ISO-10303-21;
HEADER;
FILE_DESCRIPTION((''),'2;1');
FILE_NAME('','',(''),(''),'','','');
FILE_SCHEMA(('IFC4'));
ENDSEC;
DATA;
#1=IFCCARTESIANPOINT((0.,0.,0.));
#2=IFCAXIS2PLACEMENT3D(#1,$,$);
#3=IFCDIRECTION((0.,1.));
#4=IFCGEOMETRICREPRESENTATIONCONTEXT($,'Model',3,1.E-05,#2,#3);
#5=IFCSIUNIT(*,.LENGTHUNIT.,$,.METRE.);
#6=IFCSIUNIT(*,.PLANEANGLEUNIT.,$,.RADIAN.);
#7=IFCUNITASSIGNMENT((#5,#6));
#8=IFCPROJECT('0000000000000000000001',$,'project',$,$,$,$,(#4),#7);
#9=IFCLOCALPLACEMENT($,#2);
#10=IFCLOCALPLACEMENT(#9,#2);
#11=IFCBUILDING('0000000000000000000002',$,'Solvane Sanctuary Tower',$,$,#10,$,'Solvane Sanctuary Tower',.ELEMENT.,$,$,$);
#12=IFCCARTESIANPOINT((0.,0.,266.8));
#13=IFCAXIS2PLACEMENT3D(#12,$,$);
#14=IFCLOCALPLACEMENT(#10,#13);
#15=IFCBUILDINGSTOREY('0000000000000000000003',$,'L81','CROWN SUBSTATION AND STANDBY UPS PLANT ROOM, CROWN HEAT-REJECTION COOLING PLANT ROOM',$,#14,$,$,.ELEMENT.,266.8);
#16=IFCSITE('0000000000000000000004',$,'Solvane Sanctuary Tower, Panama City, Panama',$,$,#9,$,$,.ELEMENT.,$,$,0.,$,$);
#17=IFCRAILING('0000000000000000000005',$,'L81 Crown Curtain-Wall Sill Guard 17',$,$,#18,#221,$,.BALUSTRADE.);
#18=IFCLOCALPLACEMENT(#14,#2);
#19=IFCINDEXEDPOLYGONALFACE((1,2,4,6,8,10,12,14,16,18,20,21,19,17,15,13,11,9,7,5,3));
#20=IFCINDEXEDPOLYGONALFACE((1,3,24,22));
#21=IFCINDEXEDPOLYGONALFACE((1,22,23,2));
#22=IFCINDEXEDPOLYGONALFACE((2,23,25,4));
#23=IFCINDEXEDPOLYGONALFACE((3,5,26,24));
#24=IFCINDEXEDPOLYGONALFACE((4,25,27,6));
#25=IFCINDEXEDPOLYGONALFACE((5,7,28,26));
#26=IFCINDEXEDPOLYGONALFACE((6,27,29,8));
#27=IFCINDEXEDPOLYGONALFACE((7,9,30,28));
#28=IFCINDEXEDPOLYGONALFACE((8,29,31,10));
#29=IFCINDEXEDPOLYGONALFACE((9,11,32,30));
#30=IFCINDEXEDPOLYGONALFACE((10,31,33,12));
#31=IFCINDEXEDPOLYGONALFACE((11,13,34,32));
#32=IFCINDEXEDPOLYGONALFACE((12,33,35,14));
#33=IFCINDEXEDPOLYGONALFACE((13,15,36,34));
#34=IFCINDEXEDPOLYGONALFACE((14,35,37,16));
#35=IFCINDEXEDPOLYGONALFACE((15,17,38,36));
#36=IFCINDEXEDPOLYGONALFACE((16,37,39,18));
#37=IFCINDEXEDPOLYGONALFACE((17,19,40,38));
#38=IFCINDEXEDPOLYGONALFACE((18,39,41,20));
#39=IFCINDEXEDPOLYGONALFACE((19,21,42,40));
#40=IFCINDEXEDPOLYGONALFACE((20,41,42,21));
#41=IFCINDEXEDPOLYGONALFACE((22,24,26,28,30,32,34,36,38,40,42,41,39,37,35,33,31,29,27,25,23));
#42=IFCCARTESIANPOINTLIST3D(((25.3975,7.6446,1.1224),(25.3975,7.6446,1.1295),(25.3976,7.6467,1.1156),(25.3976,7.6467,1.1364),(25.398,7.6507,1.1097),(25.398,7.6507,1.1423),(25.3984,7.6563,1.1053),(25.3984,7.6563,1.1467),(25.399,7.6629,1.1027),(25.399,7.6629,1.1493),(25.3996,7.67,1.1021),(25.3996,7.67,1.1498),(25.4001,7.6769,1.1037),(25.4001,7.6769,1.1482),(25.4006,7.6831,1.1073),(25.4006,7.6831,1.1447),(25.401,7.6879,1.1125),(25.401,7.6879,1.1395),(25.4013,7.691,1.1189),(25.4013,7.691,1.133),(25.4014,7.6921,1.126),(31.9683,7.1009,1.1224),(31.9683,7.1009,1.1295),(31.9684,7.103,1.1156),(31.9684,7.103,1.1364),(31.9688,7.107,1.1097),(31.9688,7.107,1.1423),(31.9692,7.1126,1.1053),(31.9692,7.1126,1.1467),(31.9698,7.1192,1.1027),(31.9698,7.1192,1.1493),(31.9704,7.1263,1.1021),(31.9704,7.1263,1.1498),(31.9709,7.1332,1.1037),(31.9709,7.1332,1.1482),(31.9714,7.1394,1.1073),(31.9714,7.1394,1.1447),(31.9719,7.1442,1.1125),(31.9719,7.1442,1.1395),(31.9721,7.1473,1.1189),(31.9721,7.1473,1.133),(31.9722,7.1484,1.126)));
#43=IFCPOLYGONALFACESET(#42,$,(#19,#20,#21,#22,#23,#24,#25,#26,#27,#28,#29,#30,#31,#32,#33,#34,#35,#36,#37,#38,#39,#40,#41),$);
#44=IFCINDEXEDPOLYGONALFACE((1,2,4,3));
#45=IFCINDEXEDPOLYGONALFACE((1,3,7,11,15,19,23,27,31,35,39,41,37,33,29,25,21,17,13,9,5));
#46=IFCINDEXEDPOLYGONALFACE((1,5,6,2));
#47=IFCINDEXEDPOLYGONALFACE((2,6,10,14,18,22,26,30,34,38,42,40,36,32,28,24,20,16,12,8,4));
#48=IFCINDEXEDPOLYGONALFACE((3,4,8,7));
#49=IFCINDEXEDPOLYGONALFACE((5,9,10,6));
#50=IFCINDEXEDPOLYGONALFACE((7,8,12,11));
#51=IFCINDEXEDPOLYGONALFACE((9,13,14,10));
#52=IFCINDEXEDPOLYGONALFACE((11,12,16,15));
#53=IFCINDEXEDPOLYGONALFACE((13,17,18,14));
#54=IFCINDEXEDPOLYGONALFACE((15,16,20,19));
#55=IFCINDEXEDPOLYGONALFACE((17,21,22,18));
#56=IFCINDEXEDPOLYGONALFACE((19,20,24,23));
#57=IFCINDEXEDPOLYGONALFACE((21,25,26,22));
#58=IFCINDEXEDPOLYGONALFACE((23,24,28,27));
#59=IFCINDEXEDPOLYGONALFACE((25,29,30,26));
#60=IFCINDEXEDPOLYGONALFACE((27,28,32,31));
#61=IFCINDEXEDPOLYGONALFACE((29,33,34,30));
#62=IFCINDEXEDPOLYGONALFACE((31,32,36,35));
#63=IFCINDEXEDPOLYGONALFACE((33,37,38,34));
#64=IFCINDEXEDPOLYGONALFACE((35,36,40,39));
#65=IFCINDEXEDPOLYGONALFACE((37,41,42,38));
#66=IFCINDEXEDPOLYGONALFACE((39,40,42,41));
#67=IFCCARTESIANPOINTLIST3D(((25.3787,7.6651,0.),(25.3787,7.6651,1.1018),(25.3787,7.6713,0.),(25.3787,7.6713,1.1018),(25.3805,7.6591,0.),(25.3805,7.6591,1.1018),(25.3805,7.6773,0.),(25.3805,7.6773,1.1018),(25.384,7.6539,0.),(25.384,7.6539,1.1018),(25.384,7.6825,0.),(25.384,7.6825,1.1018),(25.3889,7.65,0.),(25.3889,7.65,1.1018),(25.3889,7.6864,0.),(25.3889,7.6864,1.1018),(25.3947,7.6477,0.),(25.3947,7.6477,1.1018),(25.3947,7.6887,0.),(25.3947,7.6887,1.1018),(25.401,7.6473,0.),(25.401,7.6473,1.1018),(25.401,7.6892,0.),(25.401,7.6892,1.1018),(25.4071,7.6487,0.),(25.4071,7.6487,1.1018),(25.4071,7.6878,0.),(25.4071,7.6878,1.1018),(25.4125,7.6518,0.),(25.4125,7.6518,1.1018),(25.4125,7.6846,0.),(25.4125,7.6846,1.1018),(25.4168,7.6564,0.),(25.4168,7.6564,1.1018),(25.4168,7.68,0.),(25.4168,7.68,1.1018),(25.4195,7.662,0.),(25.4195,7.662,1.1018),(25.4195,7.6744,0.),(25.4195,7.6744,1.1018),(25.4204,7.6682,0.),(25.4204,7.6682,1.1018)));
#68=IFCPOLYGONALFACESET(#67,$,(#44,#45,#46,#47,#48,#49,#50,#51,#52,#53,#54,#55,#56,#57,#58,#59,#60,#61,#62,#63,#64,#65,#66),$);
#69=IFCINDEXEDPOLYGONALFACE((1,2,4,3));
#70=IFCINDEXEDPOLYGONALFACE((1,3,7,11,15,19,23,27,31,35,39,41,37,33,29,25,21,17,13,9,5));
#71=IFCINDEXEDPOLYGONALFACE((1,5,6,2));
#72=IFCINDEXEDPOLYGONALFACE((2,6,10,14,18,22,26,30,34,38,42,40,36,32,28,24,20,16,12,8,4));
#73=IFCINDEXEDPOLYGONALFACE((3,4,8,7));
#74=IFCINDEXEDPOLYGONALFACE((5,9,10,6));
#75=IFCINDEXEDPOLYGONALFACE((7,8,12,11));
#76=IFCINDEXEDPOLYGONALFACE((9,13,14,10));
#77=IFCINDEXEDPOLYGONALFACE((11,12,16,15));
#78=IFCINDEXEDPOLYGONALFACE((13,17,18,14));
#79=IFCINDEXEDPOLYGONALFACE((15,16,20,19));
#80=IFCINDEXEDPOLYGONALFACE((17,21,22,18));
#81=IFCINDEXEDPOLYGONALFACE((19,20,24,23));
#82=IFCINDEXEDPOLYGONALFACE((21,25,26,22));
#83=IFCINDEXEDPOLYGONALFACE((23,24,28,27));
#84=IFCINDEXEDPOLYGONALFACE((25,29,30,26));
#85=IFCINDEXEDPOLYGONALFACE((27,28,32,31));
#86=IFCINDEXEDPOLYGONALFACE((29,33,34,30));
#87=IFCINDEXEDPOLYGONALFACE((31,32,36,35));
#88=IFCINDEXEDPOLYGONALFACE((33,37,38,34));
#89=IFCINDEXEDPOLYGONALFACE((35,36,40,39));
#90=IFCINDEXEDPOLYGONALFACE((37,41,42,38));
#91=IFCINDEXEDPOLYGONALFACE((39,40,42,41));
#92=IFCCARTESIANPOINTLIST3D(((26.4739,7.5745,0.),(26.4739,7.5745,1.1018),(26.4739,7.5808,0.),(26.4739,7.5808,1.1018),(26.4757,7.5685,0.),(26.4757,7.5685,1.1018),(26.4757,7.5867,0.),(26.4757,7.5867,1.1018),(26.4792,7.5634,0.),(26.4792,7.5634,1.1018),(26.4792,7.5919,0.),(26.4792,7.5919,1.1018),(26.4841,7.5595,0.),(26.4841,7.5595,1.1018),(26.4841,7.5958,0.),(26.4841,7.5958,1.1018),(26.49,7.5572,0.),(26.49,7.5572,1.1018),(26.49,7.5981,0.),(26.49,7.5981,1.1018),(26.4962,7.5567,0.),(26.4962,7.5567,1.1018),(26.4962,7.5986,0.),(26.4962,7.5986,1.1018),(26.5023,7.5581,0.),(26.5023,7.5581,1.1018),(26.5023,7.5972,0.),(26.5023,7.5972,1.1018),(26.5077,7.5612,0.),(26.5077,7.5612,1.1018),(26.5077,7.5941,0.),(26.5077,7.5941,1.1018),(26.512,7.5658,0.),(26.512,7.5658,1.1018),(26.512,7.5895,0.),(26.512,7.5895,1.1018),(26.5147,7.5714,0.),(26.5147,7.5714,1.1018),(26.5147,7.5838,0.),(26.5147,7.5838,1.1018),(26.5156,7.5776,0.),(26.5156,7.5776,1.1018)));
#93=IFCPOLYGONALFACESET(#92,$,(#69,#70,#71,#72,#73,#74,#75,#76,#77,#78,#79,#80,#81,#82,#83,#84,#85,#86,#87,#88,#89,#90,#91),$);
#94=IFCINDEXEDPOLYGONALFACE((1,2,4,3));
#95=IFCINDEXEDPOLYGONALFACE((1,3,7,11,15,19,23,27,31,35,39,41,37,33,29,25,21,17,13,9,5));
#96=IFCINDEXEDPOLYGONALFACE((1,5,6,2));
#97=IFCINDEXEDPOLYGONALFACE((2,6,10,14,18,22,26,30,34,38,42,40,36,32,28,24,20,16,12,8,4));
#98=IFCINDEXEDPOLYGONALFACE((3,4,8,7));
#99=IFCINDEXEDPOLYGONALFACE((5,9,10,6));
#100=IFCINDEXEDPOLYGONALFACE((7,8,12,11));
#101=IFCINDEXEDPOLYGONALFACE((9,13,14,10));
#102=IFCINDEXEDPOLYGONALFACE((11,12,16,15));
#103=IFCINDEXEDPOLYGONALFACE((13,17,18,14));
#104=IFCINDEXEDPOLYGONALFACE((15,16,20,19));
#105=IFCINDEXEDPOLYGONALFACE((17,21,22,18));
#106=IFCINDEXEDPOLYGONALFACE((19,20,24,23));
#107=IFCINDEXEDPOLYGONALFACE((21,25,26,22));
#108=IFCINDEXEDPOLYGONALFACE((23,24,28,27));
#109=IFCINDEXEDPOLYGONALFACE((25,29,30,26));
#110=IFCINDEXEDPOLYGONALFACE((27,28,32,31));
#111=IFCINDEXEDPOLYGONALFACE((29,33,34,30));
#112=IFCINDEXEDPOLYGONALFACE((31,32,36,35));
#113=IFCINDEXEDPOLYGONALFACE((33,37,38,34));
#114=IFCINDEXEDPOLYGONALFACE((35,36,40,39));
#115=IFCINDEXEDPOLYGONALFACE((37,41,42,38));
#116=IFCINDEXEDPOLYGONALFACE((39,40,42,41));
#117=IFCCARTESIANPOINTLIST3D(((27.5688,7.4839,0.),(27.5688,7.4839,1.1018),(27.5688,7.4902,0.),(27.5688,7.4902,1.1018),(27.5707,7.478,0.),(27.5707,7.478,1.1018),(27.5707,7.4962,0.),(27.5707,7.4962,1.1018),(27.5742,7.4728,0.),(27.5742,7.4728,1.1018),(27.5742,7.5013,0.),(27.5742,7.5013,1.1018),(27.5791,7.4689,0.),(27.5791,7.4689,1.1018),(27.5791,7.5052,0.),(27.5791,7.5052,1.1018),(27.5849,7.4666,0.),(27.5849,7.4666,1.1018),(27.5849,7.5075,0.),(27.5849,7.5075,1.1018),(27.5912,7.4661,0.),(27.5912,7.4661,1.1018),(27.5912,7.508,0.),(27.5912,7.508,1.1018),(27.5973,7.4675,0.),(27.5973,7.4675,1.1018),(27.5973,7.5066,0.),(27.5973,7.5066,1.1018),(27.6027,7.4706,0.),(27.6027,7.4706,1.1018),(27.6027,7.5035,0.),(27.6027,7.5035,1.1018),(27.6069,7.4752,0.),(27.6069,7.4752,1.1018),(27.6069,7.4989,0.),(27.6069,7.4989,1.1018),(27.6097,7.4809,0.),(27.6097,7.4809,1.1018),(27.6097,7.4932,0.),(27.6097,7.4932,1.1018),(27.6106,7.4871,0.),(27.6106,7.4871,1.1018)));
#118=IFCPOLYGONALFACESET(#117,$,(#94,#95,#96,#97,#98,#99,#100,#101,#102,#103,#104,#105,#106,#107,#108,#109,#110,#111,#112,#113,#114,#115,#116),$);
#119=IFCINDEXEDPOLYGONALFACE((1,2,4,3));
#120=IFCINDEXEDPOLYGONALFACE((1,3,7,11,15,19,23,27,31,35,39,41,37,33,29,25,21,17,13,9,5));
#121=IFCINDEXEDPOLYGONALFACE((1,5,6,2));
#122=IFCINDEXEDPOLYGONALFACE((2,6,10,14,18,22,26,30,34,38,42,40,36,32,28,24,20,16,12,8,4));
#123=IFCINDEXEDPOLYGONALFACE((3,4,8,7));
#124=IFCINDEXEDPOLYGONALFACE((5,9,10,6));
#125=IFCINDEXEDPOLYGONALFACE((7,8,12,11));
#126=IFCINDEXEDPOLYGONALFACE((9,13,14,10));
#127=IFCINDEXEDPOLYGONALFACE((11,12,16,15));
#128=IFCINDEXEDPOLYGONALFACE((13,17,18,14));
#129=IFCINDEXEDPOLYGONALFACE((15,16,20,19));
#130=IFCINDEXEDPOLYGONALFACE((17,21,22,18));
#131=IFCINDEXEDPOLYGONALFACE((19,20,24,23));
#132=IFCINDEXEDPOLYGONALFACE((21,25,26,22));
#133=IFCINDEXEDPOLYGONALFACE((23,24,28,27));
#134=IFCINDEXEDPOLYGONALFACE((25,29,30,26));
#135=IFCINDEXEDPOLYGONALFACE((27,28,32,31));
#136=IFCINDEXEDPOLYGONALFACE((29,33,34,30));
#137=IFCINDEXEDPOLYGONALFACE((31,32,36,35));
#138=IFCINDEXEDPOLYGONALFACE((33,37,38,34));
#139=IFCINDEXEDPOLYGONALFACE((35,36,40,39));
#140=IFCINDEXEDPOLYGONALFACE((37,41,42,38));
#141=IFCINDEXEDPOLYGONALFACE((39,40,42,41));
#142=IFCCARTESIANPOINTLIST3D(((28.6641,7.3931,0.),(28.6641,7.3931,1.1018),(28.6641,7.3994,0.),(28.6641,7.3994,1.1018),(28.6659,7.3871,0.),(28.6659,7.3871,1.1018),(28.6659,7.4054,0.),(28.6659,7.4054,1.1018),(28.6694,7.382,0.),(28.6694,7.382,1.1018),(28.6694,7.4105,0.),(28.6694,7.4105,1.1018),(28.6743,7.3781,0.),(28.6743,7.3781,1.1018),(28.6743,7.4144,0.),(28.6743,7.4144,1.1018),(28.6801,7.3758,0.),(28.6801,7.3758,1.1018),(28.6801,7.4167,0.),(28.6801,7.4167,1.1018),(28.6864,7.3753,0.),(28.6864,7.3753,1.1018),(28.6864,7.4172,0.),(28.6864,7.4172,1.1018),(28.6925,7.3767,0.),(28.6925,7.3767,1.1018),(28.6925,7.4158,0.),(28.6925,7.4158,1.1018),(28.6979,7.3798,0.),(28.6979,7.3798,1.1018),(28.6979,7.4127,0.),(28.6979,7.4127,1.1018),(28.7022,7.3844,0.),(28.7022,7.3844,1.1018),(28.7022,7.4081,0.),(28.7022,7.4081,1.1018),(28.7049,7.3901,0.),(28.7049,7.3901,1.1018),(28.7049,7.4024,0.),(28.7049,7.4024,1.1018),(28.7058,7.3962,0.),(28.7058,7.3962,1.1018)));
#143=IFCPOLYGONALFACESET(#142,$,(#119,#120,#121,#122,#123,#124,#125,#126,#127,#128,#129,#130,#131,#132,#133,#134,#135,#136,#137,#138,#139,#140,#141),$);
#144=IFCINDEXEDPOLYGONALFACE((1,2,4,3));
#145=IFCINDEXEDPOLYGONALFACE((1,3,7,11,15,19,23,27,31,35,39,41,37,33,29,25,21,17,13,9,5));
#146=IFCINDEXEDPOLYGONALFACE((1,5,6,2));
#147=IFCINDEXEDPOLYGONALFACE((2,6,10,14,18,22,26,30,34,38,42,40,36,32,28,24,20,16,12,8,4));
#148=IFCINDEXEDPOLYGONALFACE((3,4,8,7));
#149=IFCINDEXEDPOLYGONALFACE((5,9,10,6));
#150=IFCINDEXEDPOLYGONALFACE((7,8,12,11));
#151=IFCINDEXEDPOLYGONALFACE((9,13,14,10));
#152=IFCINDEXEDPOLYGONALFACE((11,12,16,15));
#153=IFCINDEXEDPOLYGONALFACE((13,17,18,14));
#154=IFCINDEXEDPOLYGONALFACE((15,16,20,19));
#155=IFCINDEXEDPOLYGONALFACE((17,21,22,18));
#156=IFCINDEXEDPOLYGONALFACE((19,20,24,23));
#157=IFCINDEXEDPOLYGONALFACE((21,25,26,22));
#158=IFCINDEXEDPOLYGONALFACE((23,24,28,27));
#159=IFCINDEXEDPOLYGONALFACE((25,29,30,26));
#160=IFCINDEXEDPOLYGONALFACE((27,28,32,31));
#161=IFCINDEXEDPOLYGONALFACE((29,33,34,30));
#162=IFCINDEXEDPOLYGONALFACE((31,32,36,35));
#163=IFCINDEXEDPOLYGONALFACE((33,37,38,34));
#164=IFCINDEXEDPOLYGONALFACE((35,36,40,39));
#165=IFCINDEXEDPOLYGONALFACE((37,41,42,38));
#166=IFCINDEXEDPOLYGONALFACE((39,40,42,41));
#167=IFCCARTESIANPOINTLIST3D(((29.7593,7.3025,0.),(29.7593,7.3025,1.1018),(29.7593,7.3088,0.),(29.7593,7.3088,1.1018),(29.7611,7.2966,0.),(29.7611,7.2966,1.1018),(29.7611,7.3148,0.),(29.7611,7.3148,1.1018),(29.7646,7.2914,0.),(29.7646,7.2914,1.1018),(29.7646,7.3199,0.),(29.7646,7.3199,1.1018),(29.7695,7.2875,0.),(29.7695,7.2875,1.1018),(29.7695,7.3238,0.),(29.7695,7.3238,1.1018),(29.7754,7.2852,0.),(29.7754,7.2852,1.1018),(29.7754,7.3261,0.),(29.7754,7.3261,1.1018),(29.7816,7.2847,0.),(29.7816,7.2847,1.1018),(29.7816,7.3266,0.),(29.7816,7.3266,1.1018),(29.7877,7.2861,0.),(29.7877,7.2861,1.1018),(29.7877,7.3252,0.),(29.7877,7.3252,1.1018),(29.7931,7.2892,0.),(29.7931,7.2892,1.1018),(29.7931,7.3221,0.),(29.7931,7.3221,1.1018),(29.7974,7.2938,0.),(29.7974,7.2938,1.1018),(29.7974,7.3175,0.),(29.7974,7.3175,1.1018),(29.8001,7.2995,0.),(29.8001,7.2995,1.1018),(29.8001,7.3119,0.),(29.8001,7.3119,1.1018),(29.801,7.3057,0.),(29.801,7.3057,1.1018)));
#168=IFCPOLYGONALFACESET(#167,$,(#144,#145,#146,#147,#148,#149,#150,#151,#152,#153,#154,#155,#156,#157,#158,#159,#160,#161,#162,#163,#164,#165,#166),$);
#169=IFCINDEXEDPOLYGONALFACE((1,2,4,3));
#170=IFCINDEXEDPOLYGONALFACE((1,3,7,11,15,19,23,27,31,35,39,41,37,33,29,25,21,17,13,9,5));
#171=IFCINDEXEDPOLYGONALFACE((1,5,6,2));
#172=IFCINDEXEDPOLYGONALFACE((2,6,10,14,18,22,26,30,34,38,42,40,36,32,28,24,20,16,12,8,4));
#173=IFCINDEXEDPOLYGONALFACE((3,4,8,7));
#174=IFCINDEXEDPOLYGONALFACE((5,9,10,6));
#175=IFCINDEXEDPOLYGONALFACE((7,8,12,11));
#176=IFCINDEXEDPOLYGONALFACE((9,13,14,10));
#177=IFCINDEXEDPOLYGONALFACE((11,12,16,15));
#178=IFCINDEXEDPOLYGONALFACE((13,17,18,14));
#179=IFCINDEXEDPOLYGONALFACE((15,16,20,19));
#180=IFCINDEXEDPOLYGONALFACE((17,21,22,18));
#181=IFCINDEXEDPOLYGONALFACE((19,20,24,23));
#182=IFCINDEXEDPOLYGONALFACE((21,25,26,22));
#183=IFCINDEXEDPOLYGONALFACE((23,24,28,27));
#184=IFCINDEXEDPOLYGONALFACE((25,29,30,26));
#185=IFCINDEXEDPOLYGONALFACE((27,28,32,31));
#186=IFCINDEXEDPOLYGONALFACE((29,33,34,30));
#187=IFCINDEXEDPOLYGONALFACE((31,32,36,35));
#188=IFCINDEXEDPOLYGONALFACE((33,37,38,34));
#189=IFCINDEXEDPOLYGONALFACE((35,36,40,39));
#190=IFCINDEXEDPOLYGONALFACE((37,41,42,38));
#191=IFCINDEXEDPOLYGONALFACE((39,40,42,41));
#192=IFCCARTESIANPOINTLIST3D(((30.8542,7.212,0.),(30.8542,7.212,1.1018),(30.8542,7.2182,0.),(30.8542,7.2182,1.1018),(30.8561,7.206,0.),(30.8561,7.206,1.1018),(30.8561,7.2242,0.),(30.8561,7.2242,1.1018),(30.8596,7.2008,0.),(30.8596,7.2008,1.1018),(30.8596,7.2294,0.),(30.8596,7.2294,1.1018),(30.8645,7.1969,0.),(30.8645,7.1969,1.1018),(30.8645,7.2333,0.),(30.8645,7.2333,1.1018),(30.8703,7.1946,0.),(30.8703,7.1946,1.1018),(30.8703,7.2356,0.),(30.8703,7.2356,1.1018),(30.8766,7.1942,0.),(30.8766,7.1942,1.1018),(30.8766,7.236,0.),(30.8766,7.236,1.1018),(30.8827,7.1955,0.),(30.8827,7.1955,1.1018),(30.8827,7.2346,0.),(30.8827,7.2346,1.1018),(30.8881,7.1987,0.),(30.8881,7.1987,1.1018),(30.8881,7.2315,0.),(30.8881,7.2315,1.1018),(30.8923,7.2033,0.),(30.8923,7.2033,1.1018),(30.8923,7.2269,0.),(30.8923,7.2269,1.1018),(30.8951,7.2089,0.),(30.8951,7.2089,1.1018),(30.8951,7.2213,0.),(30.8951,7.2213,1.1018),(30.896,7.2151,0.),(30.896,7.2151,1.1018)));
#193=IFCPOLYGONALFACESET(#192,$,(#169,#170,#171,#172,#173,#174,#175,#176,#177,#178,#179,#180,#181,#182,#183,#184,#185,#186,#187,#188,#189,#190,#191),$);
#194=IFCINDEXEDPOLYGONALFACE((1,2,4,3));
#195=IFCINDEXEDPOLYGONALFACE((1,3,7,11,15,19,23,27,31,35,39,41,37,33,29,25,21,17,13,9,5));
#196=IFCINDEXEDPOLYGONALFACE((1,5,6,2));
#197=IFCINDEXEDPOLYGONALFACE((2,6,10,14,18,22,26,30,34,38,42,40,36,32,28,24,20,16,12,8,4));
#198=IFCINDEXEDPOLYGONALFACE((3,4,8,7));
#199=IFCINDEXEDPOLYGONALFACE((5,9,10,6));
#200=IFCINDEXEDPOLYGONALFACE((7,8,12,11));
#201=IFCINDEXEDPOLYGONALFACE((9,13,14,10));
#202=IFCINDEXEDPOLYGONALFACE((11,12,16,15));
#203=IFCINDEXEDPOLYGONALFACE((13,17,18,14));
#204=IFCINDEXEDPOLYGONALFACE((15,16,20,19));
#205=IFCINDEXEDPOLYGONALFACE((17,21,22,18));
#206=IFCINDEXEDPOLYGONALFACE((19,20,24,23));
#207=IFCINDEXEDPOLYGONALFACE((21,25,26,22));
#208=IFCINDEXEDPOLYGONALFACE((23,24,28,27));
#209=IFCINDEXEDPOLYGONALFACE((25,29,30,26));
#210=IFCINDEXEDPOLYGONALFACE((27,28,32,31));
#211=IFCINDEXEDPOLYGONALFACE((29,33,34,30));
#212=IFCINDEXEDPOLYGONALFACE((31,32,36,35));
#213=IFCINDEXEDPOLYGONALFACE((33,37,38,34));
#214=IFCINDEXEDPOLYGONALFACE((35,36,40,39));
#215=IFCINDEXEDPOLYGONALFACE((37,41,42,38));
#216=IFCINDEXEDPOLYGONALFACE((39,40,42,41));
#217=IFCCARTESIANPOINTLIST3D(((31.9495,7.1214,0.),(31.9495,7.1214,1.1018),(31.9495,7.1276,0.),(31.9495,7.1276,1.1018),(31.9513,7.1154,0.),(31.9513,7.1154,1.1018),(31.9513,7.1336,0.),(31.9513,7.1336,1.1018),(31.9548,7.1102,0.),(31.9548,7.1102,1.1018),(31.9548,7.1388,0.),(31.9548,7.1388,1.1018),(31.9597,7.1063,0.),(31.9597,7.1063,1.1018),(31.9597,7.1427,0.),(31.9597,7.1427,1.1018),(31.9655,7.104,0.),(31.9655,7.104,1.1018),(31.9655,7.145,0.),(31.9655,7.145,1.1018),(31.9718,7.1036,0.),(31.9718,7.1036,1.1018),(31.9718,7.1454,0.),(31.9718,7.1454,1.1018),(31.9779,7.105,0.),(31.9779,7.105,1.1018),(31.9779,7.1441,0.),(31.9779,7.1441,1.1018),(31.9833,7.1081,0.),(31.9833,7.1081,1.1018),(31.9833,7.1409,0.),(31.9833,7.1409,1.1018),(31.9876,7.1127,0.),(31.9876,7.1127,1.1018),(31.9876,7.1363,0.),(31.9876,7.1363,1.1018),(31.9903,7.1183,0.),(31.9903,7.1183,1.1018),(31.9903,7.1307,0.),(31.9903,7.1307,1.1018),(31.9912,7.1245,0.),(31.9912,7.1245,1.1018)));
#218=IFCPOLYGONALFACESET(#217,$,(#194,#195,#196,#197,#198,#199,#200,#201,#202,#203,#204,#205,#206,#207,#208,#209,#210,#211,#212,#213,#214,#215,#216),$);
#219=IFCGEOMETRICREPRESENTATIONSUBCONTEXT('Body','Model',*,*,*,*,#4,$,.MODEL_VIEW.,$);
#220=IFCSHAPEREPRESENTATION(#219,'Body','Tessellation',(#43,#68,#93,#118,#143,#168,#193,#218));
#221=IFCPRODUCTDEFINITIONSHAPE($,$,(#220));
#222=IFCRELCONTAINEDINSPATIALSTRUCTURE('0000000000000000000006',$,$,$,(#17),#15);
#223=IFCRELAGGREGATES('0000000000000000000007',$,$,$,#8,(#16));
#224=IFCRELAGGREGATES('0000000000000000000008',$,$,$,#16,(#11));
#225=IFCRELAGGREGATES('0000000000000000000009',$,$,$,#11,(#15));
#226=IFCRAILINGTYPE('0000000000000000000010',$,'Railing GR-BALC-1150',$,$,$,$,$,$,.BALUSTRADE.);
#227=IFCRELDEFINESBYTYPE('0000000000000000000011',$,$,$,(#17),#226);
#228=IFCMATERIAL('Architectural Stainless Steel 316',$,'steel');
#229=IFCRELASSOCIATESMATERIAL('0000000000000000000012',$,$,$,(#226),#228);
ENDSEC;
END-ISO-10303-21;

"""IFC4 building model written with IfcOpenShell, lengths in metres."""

from ifc_helpers import new_model, si_unit, direction, frame, origin, origin_2d, place, context, subcontext, project, spatial, circle, extrude, material, type_object, element, save


model = new_model("IFC4")

# Units and contexts
model_context = context("Model", 3, precision=1e-05, world=origin(), true_north=direction((0.0, 1.0)))
body_context = subcontext(model_context, "Body", "Model", "MODEL_VIEW")
ifc_project = project(units=[si_unit("LENGTHUNIT", "METRE"), si_unit("PLANEANGLEUNIT", "RADIAN")], contexts=[model_context])

# Site, building, storey
site_placement = place(None, origin())
site = spatial("IfcSite", under=ifc_project, at=site_placement, Name="Solvane Sanctuary Tower, Panama City, Panama", CompositionType="ELEMENT", RefElevation=0.0)
building_placement = place(site_placement, origin())
building = spatial("IfcBuilding", under=site, at=building_placement, Name="Solvane Sanctuary Tower", LongName="Solvane Sanctuary Tower", CompositionType="ELEMENT")
storey_placement = place(building_placement, frame((0.0, 0.0, 266.8)))
storey = spatial("IfcBuildingStorey", under=building, at=storey_placement, Name="L81", Description="CROWN SUBSTATION AND STANDBY UPS PLANT ROOM, CROWN HEAT-REJECTION COOLING PLANT ROOM", CompositionType="ELEMENT", Elevation=266.8)

# Railing
ifc_material_1 = material(Name="Architectural Stainless Steel 316", Category="steel")
railing_type = type_object("IfcRailingType", Name="Railing GR-BALC-1150", PredefinedType="BALUSTRADE", material=ifc_material_1)
railing_placement = place(storey_placement, frame((25.3994, 7.6682, 0.0)))
element("IfcRailing", 1, at=railing_placement, inside=storey, type_object=railing_type, Name="L81 Crown Curtain-Wall Sill Guard 17", PredefinedType="BALUSTRADE", context=body_context, shape_type="SweptSolid", body=[
    extrude(circle(Radius=0.0239, at=origin_2d()), frame((0.0, 0.0, 1.126), z_axis=(0.996594, -0.082463, 0.0), x_axis=(0.082463, 0.996594, 0.0)), (0.0, 0.0, 1.0), 6.5933),
    extrude(circle(Radius=0.021, at=origin_2d()), origin(), (0.0, 0.0, 1.0), 1.1018),
    extrude(circle(Radius=0.021, at=origin_2d()), frame((1.0952, -0.0906, 0.0)), (0.0, 0.0, 1.0), 1.1018),
    extrude(circle(Radius=0.021, at=origin_2d()), frame((2.1902, -0.1812, 0.0)), (0.0, 0.0, 1.0), 1.1018),
    extrude(circle(Radius=0.021, at=origin_2d()), frame((3.2854, -0.272, 0.0)), (0.0, 0.0, 1.0), 1.1018),
    extrude(circle(Radius=0.021, at=origin_2d()), frame((4.3806, -0.3625, 0.0)), (0.0, 0.0, 1.0), 1.1018),
    extrude(circle(Radius=0.021, at=origin_2d()), frame((5.4756, -0.4531, 0.0)), (0.0, 0.0, 1.0), 1.1018),
    extrude(circle(Radius=0.021, at=origin_2d()), frame((6.5708, -0.5437, 0.0)), (0.0, 0.0, 1.0), 1.1018),
])

save(model, "model.ifc")
